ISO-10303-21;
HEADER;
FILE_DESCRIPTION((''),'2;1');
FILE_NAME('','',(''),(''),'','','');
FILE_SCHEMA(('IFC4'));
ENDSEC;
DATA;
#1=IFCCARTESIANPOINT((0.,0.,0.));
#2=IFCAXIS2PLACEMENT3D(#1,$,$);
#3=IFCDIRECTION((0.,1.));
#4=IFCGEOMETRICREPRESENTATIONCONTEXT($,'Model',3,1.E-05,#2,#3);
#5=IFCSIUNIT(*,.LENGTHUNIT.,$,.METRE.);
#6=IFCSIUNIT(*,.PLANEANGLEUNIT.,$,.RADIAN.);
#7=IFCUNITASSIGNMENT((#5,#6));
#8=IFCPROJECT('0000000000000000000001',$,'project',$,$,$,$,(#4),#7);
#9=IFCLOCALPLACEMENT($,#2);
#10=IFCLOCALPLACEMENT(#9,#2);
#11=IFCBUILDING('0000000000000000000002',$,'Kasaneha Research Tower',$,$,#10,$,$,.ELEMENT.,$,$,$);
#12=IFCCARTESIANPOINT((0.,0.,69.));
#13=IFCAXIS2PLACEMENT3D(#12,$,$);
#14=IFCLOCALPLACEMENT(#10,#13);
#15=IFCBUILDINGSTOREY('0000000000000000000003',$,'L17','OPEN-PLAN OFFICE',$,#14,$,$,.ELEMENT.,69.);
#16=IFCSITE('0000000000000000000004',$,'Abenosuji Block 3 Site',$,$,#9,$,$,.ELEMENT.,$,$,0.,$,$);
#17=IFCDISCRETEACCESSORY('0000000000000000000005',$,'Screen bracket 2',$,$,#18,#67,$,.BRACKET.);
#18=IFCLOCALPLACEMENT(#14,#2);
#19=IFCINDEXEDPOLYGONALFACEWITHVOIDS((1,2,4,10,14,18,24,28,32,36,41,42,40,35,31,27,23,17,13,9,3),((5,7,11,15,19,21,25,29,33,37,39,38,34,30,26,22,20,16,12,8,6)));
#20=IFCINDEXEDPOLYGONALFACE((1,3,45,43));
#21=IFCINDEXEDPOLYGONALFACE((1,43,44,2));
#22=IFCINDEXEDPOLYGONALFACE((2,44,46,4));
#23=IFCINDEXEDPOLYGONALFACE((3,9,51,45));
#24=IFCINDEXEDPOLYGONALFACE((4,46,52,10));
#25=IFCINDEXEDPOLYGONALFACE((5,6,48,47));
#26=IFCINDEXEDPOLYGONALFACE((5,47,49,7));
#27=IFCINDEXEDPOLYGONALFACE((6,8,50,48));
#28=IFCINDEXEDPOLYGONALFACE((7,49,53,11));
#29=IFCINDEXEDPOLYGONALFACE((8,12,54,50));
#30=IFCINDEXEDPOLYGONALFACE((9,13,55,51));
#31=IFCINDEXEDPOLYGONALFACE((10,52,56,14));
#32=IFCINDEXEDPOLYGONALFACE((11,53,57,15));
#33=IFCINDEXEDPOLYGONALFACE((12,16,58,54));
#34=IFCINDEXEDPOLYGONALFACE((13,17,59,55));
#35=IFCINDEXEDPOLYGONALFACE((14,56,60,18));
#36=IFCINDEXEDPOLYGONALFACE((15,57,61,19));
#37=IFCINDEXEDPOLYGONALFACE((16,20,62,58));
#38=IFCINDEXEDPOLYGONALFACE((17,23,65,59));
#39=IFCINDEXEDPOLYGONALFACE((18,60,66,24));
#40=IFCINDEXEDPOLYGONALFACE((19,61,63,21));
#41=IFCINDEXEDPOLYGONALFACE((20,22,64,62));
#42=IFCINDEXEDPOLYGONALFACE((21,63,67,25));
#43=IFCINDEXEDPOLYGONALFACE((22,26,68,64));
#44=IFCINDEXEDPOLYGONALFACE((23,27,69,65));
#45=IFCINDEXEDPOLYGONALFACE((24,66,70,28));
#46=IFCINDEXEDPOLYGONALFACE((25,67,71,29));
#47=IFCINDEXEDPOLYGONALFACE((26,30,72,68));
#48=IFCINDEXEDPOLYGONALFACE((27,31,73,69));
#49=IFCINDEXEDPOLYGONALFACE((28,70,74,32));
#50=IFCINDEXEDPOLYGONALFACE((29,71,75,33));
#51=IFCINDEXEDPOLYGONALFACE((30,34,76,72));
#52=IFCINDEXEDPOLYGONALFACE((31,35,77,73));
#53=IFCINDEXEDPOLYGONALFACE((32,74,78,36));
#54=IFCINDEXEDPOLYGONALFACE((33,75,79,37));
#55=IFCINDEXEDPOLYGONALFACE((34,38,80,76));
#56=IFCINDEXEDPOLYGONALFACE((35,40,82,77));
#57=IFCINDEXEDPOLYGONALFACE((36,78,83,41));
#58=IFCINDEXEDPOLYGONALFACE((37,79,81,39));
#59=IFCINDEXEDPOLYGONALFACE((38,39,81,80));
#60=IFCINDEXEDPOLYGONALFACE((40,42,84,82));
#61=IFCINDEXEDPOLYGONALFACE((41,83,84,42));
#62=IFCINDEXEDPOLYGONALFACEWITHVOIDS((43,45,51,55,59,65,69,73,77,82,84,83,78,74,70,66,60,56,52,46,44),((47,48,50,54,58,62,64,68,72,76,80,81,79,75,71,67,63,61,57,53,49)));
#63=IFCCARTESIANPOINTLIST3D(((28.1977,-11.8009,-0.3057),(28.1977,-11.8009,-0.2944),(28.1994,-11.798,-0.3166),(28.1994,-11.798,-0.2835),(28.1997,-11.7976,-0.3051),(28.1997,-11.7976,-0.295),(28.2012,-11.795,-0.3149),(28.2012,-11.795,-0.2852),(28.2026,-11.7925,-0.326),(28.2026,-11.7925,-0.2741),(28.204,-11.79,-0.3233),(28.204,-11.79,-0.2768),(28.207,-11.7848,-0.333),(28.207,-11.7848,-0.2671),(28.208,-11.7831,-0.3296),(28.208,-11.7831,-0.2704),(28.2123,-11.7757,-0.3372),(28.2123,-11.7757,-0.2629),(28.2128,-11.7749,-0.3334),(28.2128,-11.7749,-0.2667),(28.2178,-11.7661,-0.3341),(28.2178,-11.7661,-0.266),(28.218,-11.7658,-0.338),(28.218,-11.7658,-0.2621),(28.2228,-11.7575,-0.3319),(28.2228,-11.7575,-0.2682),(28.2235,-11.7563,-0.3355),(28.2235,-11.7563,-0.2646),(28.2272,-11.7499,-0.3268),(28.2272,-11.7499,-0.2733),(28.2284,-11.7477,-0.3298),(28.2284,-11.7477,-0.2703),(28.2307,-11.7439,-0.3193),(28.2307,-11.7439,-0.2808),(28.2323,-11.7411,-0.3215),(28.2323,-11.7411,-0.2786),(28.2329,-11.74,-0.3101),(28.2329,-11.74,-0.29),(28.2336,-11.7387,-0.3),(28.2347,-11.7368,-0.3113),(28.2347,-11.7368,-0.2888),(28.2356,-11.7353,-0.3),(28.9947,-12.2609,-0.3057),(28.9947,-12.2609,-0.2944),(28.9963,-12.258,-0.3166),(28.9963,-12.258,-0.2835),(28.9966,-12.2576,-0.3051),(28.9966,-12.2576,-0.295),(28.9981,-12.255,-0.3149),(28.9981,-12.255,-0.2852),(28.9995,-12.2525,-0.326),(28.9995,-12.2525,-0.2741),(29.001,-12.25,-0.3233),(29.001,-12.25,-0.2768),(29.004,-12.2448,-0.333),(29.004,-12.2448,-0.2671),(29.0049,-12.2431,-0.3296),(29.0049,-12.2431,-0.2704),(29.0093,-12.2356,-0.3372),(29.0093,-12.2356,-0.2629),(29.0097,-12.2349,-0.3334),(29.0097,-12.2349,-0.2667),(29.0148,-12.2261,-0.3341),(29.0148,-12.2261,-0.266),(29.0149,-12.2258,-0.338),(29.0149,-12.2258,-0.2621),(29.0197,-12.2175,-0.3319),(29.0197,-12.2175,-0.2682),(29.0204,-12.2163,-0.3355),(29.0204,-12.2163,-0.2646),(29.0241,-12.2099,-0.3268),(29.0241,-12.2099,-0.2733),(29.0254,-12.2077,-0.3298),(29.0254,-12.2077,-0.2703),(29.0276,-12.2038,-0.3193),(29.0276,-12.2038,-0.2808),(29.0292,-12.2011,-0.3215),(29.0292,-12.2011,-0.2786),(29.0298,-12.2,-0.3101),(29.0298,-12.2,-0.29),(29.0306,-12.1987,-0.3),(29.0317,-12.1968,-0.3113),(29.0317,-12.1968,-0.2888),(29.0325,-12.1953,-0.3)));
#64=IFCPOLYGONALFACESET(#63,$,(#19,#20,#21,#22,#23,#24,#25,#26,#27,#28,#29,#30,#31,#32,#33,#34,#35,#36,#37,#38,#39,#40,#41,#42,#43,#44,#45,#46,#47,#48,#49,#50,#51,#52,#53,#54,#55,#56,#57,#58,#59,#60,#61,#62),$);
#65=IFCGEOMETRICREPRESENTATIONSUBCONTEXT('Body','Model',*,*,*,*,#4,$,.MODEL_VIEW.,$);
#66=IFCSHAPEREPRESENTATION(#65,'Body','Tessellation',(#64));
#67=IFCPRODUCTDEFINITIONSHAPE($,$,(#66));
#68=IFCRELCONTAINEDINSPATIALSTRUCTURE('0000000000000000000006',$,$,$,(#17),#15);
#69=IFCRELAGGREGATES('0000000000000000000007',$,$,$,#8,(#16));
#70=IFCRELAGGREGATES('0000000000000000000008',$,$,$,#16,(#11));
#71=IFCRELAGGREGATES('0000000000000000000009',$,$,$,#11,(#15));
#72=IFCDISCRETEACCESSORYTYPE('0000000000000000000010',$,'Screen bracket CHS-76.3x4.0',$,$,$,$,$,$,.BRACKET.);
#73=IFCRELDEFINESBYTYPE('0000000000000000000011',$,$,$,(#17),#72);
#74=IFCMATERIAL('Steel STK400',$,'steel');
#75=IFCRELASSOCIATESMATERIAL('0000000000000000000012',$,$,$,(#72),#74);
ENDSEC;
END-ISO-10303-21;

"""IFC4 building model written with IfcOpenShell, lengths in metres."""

from ifc_helpers import new_model, si_unit, direction, frame, origin, origin_2d, place, context, subcontext, project, spatial, hollow_circle, extrude, material, material_profile, profile_set, type_object, element, save


model = new_model("IFC4")

# Units and contexts
model_context = context("Model", 3, precision=1e-05, world=origin(), true_north=direction((0.0, 1.0)))
body_context = subcontext(model_context, "Body", "Model", "MODEL_VIEW")
ifc_project = project(units=[si_unit("LENGTHUNIT", "METRE"), si_unit("PLANEANGLEUNIT", "RADIAN")], contexts=[model_context])

# Site, building, storey
site_placement = place(None, origin())
site = spatial("IfcSite", under=ifc_project, at=site_placement, Name="Abenosuji Block 3 Site", CompositionType="ELEMENT", RefElevation=0.0)
building_placement = place(site_placement, origin())
building = spatial("IfcBuilding", under=site, at=building_placement, Name="Kasaneha Research Tower", CompositionType="ELEMENT")
storey_placement = place(building_placement, frame((0.0, 0.0, 69.0)))
storey = spatial("IfcBuildingStorey", under=building, at=storey_placement, Name="L17", Description="OPEN-PLAN OFFICE", CompositionType="ELEMENT", Elevation=69.0)

# Discrete accessory
ifc_material_1 = material(Name="Steel STK400", Category="steel")
ifc_material_profile_1 = material_profile(ifc_material_1, hollow_circle(Radius=0.0381, WallThickness=0.0039, at=origin_2d()), Name="CHS-76.3x4.0")
ifc_profile_set_1 = profile_set([ifc_material_profile_1], Name="Steel STK400")
discrete_accessory_type = type_object("IfcDiscreteAccessoryType", Name="Screen bracket CHS-76.3x4.0", PredefinedType="BRACKET", material=ifc_profile_set_1)
for number, where, z_axis, x_axis, name in (
    (1, (28.2166, -11.7683, -0.3), (0.86608, -0.499906, 0.0), (0.499906, 0.86608, 0.0), "Screen bracket 2"),
):
    element("IfcDiscreteAccessory", number, at=place(storey_placement, frame(where, z_axis=z_axis, x_axis=x_axis)), inside=storey, type_object=discrete_accessory_type, Name=name, PredefinedType="BRACKET", context=body_context, shape_type="SweptSolid", body=[
        extrude(hollow_circle(Radius=0.0381, WallThickness=0.0039, at=origin_2d()), origin(), (0.0, 0.0, 1.0), 0.9202),
    ])

save(model, "model.ifc")
